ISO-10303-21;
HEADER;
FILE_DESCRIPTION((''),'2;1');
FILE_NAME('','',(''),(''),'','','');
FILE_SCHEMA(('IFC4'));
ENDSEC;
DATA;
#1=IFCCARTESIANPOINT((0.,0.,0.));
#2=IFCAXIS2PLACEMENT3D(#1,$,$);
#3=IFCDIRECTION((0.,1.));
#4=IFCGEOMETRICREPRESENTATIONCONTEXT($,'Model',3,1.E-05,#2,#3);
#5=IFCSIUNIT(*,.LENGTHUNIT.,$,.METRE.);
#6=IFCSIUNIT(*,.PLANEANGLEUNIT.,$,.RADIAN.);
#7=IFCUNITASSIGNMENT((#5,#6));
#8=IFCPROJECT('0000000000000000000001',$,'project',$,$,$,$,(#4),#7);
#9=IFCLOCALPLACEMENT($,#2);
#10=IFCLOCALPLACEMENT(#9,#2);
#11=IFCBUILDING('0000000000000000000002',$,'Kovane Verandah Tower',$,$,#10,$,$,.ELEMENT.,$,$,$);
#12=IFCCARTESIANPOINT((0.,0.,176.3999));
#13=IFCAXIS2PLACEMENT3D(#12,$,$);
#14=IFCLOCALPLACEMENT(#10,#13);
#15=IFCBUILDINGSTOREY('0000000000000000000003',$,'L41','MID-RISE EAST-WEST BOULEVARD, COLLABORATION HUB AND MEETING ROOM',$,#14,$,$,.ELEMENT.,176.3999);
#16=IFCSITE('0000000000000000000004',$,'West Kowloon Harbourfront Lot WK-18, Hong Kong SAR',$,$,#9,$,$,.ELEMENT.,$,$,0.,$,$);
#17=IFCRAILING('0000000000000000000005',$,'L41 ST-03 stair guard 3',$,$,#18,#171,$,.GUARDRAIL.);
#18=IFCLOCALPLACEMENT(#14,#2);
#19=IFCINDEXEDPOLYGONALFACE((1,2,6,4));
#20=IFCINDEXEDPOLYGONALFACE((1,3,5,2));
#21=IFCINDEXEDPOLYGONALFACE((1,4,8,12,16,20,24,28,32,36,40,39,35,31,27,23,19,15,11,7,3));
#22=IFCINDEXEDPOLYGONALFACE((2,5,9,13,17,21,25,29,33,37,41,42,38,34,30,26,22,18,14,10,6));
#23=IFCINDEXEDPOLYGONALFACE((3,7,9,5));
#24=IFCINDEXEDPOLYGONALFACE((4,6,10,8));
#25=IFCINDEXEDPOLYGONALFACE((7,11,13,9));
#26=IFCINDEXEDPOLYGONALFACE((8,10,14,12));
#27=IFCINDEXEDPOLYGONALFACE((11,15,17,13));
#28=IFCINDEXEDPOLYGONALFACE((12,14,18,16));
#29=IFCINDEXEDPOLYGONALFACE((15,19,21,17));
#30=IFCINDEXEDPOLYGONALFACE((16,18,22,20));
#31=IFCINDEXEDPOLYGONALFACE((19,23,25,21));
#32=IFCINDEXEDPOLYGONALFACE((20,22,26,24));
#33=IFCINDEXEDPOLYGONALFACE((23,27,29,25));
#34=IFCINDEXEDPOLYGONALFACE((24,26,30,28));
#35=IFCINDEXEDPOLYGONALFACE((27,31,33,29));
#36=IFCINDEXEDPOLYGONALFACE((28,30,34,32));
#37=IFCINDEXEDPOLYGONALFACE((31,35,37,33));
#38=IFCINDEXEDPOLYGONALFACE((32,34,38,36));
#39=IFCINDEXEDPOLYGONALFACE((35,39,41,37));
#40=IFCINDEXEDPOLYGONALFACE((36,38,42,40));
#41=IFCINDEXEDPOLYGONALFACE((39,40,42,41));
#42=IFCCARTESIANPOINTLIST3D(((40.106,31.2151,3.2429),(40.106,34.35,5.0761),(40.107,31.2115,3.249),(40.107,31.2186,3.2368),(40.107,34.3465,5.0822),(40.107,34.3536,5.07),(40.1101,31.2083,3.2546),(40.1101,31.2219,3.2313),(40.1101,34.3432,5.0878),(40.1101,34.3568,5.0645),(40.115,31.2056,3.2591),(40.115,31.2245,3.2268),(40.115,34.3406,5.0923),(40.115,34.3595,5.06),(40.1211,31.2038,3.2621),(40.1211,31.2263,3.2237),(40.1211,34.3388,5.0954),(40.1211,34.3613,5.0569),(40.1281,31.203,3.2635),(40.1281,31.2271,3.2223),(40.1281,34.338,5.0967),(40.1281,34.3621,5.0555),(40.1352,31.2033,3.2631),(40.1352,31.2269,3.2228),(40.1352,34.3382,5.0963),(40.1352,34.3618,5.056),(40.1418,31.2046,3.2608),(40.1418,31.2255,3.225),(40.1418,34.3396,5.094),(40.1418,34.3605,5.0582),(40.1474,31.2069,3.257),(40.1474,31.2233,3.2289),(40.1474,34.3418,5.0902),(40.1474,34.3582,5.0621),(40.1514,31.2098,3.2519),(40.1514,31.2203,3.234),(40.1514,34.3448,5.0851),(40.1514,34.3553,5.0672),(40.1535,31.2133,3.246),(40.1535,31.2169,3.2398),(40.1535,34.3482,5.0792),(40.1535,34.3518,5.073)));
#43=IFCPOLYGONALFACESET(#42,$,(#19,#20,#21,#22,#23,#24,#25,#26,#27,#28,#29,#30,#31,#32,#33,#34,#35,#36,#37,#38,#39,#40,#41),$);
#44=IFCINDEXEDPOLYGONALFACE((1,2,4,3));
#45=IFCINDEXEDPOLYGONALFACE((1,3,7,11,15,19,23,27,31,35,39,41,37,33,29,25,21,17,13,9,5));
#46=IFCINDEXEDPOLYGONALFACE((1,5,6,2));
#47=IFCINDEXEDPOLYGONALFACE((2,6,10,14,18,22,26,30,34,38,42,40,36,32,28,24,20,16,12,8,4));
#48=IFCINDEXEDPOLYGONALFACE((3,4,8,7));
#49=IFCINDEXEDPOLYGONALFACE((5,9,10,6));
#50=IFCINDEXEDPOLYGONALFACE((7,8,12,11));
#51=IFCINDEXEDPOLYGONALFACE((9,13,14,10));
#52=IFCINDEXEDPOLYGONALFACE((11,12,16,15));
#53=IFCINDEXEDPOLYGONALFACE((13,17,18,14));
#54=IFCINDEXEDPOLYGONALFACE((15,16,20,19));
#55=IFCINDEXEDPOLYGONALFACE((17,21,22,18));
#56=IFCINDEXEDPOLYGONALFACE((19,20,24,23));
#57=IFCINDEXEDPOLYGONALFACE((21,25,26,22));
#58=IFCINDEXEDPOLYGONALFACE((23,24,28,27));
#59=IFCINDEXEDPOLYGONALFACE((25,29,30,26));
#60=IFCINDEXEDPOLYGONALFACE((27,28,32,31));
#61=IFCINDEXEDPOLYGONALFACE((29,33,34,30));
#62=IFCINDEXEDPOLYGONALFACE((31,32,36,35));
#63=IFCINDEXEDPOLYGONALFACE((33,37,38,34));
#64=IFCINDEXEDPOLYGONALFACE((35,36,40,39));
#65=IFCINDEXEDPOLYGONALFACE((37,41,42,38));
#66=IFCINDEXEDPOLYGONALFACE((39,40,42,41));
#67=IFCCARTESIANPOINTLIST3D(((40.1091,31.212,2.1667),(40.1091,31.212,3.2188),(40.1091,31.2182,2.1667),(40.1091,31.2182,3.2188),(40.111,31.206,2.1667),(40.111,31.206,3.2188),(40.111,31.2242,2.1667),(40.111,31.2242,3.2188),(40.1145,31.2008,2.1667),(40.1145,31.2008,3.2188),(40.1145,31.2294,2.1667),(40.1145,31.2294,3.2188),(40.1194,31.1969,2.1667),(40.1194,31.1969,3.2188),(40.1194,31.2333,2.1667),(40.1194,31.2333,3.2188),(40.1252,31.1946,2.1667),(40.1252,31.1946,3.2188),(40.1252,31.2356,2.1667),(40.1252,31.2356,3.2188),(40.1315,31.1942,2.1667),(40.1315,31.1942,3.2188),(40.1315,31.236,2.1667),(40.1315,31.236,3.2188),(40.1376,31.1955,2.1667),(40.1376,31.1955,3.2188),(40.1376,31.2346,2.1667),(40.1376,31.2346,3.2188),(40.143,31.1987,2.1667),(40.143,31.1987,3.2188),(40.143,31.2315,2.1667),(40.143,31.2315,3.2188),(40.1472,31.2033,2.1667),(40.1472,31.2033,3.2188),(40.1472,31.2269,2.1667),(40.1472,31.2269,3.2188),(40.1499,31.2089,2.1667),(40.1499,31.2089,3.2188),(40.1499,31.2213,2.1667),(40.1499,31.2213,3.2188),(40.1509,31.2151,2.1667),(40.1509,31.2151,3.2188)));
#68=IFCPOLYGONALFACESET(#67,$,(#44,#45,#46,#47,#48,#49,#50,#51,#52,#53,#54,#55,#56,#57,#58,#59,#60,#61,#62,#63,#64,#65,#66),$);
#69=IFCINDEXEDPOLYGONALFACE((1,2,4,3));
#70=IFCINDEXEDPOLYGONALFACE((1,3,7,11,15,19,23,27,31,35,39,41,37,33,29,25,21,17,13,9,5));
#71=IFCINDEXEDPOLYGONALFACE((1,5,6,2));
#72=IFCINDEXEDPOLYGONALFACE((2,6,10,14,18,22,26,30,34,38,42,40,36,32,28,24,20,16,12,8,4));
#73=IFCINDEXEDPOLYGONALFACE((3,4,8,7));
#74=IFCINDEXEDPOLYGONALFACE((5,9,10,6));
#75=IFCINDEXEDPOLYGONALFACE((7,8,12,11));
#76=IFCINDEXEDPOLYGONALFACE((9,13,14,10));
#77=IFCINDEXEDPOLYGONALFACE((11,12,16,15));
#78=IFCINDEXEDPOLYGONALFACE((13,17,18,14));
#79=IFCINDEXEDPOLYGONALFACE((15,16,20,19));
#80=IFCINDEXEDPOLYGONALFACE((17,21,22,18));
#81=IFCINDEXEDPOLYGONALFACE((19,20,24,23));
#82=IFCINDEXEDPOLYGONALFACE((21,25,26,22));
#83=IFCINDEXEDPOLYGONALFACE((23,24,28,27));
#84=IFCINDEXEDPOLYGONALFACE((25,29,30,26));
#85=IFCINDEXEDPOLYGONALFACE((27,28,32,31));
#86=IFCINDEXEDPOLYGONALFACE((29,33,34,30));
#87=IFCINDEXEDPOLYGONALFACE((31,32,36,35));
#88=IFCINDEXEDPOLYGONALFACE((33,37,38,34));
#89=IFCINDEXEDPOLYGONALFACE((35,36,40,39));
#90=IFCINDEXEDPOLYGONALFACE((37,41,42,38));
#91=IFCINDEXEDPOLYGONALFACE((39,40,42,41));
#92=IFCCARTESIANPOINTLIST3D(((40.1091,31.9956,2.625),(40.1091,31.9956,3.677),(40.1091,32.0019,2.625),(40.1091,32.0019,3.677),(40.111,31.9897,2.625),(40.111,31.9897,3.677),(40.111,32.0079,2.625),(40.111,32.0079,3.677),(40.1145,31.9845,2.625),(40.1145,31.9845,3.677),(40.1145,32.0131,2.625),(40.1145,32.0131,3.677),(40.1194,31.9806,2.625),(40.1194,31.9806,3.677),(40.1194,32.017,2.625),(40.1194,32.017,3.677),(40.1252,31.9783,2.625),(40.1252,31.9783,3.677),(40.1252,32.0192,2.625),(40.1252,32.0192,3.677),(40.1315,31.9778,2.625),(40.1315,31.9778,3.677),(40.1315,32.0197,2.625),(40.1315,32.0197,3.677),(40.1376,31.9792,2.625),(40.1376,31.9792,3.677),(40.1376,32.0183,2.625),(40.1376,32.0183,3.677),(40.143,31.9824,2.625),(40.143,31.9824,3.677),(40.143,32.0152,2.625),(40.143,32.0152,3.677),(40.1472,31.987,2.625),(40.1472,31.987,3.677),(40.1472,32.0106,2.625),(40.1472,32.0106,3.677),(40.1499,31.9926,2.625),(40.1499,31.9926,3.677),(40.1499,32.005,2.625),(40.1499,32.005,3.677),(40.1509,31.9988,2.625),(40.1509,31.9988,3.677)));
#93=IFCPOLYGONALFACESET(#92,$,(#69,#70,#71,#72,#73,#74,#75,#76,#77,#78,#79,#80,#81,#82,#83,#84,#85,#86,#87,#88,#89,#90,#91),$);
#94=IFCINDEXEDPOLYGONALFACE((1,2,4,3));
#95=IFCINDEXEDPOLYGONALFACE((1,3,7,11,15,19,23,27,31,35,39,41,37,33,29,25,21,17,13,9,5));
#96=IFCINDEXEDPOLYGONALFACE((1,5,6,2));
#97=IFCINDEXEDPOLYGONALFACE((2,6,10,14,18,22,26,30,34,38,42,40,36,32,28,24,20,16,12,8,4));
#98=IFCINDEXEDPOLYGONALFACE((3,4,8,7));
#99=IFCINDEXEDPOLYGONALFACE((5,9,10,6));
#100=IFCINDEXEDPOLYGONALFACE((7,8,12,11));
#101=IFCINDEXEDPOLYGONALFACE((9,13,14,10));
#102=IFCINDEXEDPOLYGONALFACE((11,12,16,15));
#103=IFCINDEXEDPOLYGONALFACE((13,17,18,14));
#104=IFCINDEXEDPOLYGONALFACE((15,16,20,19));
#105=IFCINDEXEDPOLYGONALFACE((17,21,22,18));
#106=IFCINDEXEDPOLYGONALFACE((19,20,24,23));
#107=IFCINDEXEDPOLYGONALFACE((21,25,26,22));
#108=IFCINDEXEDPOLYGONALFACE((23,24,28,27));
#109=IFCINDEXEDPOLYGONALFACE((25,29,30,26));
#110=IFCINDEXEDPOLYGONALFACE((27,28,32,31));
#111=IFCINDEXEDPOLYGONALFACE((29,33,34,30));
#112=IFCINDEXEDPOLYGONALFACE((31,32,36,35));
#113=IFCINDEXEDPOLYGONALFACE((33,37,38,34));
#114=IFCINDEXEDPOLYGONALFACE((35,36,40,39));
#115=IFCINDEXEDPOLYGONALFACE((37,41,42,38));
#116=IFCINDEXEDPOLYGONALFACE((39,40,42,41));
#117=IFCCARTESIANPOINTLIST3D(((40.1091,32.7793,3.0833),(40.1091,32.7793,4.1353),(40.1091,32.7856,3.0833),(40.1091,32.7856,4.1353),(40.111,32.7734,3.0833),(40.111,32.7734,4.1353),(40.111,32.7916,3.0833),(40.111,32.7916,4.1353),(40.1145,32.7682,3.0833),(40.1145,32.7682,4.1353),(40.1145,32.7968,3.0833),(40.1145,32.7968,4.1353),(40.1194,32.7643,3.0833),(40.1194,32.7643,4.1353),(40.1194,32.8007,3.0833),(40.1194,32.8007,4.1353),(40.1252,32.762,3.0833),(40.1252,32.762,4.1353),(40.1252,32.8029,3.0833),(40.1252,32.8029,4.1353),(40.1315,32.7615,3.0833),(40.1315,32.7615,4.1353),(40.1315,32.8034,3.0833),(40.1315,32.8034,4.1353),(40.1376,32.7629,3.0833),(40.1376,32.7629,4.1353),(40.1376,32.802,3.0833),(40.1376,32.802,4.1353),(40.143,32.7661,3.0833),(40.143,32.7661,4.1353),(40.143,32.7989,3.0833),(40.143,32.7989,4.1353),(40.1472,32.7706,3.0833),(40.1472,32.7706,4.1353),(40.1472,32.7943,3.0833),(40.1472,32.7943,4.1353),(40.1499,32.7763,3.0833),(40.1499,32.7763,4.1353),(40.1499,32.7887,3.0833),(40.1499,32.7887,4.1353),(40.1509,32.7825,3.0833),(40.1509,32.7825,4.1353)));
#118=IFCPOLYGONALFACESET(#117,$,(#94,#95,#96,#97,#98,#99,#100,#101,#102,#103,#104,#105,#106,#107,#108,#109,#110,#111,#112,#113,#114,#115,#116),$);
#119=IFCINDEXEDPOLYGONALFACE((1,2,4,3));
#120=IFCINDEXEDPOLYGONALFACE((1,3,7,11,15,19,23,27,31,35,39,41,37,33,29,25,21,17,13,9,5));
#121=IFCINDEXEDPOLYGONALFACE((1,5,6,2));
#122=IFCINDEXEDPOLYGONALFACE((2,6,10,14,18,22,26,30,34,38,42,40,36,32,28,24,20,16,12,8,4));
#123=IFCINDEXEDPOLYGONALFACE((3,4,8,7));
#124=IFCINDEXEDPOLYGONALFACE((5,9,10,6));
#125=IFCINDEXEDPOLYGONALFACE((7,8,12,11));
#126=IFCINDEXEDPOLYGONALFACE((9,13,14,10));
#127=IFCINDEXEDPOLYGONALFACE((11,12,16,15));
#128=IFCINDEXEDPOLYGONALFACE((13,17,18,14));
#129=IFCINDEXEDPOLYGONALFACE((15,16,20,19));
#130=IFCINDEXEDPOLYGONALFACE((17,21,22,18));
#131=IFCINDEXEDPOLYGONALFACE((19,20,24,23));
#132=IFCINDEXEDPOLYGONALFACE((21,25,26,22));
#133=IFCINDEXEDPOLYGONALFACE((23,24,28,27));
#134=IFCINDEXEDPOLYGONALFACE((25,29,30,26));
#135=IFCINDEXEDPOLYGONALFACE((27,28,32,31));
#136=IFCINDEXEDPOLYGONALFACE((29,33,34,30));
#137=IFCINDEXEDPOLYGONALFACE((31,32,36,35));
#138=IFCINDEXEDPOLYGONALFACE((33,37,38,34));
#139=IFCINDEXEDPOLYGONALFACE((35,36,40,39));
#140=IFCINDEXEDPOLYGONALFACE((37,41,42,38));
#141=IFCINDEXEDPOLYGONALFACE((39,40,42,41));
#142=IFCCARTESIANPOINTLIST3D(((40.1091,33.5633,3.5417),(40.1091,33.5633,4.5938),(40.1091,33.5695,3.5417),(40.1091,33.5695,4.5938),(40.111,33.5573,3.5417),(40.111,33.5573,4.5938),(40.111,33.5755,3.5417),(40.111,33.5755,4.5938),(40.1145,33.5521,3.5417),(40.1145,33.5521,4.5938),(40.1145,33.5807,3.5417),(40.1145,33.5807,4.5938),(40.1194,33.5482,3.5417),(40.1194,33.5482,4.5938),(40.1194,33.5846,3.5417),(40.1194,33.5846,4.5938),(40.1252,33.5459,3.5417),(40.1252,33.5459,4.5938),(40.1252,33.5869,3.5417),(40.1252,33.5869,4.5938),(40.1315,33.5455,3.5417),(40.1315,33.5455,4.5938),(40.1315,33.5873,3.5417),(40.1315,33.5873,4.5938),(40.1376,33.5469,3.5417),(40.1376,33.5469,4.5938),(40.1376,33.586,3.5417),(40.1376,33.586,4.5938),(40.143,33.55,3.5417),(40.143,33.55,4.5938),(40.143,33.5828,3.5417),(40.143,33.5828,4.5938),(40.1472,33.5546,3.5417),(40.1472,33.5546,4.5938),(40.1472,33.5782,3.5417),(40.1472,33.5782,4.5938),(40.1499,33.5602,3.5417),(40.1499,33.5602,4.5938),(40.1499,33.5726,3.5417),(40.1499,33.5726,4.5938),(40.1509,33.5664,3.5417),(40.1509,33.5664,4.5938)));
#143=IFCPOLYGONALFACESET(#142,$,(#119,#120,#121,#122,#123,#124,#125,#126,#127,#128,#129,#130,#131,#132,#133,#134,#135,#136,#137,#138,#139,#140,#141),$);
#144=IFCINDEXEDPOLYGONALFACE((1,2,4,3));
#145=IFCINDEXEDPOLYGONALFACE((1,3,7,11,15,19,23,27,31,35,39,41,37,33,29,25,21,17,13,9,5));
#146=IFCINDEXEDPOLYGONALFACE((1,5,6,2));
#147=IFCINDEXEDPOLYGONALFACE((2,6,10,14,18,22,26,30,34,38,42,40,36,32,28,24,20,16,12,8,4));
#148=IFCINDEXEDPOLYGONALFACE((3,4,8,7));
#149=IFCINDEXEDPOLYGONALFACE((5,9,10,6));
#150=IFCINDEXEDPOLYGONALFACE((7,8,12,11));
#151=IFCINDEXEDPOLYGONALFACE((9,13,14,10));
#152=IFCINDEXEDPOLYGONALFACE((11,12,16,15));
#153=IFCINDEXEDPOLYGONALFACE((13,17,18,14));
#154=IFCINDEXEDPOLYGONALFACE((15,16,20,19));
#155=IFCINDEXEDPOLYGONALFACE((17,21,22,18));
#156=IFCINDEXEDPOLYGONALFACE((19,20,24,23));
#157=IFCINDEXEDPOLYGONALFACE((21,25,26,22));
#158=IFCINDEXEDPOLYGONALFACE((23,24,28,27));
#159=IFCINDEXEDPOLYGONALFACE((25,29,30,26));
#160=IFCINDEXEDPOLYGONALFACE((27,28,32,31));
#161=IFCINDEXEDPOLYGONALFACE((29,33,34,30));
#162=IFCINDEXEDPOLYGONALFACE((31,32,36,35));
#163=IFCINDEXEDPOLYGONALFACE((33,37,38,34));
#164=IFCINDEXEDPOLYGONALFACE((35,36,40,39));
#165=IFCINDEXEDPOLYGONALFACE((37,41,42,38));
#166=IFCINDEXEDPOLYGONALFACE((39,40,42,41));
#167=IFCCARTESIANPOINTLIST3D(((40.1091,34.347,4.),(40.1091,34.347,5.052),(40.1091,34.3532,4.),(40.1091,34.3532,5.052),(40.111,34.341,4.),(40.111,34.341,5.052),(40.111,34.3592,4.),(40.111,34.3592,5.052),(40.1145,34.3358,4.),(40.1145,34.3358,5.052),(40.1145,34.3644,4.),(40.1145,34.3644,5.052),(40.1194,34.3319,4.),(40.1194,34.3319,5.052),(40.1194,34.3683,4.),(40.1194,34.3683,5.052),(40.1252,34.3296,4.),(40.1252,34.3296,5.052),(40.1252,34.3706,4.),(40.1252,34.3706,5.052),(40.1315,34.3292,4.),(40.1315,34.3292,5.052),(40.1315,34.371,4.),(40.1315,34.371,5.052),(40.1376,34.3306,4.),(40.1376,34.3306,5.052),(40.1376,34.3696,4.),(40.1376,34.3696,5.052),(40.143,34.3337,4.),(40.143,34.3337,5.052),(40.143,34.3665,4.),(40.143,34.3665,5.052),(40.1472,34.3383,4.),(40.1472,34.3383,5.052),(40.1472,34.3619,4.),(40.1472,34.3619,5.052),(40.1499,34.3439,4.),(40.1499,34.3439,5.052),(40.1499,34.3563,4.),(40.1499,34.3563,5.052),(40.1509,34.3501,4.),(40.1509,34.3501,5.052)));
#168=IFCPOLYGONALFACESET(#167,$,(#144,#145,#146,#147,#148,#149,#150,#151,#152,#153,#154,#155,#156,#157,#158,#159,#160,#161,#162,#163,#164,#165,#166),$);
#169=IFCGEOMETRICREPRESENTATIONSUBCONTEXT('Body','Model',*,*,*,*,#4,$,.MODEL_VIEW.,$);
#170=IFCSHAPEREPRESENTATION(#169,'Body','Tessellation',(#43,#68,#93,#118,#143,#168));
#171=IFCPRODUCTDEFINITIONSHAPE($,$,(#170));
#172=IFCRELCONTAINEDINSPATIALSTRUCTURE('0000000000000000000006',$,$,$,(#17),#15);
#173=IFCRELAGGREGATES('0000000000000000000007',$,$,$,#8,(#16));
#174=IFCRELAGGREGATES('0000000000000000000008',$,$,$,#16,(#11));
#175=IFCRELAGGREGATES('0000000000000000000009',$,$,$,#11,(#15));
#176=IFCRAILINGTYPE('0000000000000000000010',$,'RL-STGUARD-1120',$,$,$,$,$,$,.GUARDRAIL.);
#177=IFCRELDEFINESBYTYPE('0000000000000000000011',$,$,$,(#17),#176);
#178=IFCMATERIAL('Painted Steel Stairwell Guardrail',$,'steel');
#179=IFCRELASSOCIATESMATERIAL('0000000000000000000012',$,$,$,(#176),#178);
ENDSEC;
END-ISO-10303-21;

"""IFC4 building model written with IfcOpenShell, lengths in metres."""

from ifc_helpers import new_model, si_unit, direction, frame, origin, origin_2d, place, context, subcontext, project, spatial, circle, extrude, material, type_object, element, save


model = new_model("IFC4")

# Units and contexts
model_context = context("Model", 3, precision=1e-05, world=origin(), true_north=direction((0.0, 1.0)))
body_context = subcontext(model_context, "Body", "Model", "MODEL_VIEW")
ifc_project = project(units=[si_unit("LENGTHUNIT", "METRE"), si_unit("PLANEANGLEUNIT", "RADIAN")], contexts=[model_context])

# Site, building, storey
site_placement = place(None, origin())
site = spatial("IfcSite", under=ifc_project, at=site_placement, Name="West Kowloon Harbourfront Lot WK-18, Hong Kong SAR", CompositionType="ELEMENT", RefElevation=0.0)
building_placement = place(site_placement, origin())
building = spatial("IfcBuilding", under=site, at=building_placement, Name="Kovane Verandah Tower", CompositionType="ELEMENT")
storey_placement = place(building_placement, frame((0.0, 0.0, 176.3999)))
storey = spatial("IfcBuildingStorey", under=building, at=storey_placement, Name="L41", Description="MID-RISE EAST-WEST BOULEVARD, COLLABORATION HUB AND MEETING ROOM", CompositionType="ELEMENT", Elevation=176.3999)

# Railing
ifc_material_1 = material(Name="Painted Steel Stairwell Guardrail", Category="steel")
railing_type_1 = type_object("IfcRailingType", Name="RL-STGUARD-1120", PredefinedType="GUARDRAIL", material=ifc_material_1)
railing_1_placement = place(storey_placement, frame((40.1299, 31.2151, 2.1667)))
element("IfcRailing", 1, at=railing_1_placement, inside=storey, type_object=railing_type_1, Name="L41 ST-03 stair guard 3", PredefinedType="GUARDRAIL", context=body_context, shape_type="SweptSolid", body=[
    extrude(circle(Radius=0.0239, at=origin_2d()), frame((0.0, 0.0, 1.0762), z_axis=(0.0, 0.86324, 0.504794), x_axis=(-1.0, 0.0, 0.0)), (0.0, 0.0, 1.0), 3.6316),
    extrude(circle(Radius=0.021, at=origin_2d()), origin(), (0.0, 0.0, 1.0), 1.052),
    extrude(circle(Radius=0.021, at=origin_2d()), frame((0.0, 0.7837, 0.4583)), (0.0, 0.0, 1.0), 1.052),
    extrude(circle(Radius=0.021, at=origin_2d()), frame((0.0, 1.5674, 0.9165)), (0.0, 0.0, 1.0), 1.052),
    extrude(circle(Radius=0.021, at=origin_2d()), frame((0.0, 2.3513, 1.375)), (0.0, 0.0, 1.0), 1.052),
    extrude(circle(Radius=0.021, at=origin_2d()), frame((0.0, 3.135, 1.8333)), (0.0, 0.0, 1.0), 1.052),
])

save(model, "model.ifc")
